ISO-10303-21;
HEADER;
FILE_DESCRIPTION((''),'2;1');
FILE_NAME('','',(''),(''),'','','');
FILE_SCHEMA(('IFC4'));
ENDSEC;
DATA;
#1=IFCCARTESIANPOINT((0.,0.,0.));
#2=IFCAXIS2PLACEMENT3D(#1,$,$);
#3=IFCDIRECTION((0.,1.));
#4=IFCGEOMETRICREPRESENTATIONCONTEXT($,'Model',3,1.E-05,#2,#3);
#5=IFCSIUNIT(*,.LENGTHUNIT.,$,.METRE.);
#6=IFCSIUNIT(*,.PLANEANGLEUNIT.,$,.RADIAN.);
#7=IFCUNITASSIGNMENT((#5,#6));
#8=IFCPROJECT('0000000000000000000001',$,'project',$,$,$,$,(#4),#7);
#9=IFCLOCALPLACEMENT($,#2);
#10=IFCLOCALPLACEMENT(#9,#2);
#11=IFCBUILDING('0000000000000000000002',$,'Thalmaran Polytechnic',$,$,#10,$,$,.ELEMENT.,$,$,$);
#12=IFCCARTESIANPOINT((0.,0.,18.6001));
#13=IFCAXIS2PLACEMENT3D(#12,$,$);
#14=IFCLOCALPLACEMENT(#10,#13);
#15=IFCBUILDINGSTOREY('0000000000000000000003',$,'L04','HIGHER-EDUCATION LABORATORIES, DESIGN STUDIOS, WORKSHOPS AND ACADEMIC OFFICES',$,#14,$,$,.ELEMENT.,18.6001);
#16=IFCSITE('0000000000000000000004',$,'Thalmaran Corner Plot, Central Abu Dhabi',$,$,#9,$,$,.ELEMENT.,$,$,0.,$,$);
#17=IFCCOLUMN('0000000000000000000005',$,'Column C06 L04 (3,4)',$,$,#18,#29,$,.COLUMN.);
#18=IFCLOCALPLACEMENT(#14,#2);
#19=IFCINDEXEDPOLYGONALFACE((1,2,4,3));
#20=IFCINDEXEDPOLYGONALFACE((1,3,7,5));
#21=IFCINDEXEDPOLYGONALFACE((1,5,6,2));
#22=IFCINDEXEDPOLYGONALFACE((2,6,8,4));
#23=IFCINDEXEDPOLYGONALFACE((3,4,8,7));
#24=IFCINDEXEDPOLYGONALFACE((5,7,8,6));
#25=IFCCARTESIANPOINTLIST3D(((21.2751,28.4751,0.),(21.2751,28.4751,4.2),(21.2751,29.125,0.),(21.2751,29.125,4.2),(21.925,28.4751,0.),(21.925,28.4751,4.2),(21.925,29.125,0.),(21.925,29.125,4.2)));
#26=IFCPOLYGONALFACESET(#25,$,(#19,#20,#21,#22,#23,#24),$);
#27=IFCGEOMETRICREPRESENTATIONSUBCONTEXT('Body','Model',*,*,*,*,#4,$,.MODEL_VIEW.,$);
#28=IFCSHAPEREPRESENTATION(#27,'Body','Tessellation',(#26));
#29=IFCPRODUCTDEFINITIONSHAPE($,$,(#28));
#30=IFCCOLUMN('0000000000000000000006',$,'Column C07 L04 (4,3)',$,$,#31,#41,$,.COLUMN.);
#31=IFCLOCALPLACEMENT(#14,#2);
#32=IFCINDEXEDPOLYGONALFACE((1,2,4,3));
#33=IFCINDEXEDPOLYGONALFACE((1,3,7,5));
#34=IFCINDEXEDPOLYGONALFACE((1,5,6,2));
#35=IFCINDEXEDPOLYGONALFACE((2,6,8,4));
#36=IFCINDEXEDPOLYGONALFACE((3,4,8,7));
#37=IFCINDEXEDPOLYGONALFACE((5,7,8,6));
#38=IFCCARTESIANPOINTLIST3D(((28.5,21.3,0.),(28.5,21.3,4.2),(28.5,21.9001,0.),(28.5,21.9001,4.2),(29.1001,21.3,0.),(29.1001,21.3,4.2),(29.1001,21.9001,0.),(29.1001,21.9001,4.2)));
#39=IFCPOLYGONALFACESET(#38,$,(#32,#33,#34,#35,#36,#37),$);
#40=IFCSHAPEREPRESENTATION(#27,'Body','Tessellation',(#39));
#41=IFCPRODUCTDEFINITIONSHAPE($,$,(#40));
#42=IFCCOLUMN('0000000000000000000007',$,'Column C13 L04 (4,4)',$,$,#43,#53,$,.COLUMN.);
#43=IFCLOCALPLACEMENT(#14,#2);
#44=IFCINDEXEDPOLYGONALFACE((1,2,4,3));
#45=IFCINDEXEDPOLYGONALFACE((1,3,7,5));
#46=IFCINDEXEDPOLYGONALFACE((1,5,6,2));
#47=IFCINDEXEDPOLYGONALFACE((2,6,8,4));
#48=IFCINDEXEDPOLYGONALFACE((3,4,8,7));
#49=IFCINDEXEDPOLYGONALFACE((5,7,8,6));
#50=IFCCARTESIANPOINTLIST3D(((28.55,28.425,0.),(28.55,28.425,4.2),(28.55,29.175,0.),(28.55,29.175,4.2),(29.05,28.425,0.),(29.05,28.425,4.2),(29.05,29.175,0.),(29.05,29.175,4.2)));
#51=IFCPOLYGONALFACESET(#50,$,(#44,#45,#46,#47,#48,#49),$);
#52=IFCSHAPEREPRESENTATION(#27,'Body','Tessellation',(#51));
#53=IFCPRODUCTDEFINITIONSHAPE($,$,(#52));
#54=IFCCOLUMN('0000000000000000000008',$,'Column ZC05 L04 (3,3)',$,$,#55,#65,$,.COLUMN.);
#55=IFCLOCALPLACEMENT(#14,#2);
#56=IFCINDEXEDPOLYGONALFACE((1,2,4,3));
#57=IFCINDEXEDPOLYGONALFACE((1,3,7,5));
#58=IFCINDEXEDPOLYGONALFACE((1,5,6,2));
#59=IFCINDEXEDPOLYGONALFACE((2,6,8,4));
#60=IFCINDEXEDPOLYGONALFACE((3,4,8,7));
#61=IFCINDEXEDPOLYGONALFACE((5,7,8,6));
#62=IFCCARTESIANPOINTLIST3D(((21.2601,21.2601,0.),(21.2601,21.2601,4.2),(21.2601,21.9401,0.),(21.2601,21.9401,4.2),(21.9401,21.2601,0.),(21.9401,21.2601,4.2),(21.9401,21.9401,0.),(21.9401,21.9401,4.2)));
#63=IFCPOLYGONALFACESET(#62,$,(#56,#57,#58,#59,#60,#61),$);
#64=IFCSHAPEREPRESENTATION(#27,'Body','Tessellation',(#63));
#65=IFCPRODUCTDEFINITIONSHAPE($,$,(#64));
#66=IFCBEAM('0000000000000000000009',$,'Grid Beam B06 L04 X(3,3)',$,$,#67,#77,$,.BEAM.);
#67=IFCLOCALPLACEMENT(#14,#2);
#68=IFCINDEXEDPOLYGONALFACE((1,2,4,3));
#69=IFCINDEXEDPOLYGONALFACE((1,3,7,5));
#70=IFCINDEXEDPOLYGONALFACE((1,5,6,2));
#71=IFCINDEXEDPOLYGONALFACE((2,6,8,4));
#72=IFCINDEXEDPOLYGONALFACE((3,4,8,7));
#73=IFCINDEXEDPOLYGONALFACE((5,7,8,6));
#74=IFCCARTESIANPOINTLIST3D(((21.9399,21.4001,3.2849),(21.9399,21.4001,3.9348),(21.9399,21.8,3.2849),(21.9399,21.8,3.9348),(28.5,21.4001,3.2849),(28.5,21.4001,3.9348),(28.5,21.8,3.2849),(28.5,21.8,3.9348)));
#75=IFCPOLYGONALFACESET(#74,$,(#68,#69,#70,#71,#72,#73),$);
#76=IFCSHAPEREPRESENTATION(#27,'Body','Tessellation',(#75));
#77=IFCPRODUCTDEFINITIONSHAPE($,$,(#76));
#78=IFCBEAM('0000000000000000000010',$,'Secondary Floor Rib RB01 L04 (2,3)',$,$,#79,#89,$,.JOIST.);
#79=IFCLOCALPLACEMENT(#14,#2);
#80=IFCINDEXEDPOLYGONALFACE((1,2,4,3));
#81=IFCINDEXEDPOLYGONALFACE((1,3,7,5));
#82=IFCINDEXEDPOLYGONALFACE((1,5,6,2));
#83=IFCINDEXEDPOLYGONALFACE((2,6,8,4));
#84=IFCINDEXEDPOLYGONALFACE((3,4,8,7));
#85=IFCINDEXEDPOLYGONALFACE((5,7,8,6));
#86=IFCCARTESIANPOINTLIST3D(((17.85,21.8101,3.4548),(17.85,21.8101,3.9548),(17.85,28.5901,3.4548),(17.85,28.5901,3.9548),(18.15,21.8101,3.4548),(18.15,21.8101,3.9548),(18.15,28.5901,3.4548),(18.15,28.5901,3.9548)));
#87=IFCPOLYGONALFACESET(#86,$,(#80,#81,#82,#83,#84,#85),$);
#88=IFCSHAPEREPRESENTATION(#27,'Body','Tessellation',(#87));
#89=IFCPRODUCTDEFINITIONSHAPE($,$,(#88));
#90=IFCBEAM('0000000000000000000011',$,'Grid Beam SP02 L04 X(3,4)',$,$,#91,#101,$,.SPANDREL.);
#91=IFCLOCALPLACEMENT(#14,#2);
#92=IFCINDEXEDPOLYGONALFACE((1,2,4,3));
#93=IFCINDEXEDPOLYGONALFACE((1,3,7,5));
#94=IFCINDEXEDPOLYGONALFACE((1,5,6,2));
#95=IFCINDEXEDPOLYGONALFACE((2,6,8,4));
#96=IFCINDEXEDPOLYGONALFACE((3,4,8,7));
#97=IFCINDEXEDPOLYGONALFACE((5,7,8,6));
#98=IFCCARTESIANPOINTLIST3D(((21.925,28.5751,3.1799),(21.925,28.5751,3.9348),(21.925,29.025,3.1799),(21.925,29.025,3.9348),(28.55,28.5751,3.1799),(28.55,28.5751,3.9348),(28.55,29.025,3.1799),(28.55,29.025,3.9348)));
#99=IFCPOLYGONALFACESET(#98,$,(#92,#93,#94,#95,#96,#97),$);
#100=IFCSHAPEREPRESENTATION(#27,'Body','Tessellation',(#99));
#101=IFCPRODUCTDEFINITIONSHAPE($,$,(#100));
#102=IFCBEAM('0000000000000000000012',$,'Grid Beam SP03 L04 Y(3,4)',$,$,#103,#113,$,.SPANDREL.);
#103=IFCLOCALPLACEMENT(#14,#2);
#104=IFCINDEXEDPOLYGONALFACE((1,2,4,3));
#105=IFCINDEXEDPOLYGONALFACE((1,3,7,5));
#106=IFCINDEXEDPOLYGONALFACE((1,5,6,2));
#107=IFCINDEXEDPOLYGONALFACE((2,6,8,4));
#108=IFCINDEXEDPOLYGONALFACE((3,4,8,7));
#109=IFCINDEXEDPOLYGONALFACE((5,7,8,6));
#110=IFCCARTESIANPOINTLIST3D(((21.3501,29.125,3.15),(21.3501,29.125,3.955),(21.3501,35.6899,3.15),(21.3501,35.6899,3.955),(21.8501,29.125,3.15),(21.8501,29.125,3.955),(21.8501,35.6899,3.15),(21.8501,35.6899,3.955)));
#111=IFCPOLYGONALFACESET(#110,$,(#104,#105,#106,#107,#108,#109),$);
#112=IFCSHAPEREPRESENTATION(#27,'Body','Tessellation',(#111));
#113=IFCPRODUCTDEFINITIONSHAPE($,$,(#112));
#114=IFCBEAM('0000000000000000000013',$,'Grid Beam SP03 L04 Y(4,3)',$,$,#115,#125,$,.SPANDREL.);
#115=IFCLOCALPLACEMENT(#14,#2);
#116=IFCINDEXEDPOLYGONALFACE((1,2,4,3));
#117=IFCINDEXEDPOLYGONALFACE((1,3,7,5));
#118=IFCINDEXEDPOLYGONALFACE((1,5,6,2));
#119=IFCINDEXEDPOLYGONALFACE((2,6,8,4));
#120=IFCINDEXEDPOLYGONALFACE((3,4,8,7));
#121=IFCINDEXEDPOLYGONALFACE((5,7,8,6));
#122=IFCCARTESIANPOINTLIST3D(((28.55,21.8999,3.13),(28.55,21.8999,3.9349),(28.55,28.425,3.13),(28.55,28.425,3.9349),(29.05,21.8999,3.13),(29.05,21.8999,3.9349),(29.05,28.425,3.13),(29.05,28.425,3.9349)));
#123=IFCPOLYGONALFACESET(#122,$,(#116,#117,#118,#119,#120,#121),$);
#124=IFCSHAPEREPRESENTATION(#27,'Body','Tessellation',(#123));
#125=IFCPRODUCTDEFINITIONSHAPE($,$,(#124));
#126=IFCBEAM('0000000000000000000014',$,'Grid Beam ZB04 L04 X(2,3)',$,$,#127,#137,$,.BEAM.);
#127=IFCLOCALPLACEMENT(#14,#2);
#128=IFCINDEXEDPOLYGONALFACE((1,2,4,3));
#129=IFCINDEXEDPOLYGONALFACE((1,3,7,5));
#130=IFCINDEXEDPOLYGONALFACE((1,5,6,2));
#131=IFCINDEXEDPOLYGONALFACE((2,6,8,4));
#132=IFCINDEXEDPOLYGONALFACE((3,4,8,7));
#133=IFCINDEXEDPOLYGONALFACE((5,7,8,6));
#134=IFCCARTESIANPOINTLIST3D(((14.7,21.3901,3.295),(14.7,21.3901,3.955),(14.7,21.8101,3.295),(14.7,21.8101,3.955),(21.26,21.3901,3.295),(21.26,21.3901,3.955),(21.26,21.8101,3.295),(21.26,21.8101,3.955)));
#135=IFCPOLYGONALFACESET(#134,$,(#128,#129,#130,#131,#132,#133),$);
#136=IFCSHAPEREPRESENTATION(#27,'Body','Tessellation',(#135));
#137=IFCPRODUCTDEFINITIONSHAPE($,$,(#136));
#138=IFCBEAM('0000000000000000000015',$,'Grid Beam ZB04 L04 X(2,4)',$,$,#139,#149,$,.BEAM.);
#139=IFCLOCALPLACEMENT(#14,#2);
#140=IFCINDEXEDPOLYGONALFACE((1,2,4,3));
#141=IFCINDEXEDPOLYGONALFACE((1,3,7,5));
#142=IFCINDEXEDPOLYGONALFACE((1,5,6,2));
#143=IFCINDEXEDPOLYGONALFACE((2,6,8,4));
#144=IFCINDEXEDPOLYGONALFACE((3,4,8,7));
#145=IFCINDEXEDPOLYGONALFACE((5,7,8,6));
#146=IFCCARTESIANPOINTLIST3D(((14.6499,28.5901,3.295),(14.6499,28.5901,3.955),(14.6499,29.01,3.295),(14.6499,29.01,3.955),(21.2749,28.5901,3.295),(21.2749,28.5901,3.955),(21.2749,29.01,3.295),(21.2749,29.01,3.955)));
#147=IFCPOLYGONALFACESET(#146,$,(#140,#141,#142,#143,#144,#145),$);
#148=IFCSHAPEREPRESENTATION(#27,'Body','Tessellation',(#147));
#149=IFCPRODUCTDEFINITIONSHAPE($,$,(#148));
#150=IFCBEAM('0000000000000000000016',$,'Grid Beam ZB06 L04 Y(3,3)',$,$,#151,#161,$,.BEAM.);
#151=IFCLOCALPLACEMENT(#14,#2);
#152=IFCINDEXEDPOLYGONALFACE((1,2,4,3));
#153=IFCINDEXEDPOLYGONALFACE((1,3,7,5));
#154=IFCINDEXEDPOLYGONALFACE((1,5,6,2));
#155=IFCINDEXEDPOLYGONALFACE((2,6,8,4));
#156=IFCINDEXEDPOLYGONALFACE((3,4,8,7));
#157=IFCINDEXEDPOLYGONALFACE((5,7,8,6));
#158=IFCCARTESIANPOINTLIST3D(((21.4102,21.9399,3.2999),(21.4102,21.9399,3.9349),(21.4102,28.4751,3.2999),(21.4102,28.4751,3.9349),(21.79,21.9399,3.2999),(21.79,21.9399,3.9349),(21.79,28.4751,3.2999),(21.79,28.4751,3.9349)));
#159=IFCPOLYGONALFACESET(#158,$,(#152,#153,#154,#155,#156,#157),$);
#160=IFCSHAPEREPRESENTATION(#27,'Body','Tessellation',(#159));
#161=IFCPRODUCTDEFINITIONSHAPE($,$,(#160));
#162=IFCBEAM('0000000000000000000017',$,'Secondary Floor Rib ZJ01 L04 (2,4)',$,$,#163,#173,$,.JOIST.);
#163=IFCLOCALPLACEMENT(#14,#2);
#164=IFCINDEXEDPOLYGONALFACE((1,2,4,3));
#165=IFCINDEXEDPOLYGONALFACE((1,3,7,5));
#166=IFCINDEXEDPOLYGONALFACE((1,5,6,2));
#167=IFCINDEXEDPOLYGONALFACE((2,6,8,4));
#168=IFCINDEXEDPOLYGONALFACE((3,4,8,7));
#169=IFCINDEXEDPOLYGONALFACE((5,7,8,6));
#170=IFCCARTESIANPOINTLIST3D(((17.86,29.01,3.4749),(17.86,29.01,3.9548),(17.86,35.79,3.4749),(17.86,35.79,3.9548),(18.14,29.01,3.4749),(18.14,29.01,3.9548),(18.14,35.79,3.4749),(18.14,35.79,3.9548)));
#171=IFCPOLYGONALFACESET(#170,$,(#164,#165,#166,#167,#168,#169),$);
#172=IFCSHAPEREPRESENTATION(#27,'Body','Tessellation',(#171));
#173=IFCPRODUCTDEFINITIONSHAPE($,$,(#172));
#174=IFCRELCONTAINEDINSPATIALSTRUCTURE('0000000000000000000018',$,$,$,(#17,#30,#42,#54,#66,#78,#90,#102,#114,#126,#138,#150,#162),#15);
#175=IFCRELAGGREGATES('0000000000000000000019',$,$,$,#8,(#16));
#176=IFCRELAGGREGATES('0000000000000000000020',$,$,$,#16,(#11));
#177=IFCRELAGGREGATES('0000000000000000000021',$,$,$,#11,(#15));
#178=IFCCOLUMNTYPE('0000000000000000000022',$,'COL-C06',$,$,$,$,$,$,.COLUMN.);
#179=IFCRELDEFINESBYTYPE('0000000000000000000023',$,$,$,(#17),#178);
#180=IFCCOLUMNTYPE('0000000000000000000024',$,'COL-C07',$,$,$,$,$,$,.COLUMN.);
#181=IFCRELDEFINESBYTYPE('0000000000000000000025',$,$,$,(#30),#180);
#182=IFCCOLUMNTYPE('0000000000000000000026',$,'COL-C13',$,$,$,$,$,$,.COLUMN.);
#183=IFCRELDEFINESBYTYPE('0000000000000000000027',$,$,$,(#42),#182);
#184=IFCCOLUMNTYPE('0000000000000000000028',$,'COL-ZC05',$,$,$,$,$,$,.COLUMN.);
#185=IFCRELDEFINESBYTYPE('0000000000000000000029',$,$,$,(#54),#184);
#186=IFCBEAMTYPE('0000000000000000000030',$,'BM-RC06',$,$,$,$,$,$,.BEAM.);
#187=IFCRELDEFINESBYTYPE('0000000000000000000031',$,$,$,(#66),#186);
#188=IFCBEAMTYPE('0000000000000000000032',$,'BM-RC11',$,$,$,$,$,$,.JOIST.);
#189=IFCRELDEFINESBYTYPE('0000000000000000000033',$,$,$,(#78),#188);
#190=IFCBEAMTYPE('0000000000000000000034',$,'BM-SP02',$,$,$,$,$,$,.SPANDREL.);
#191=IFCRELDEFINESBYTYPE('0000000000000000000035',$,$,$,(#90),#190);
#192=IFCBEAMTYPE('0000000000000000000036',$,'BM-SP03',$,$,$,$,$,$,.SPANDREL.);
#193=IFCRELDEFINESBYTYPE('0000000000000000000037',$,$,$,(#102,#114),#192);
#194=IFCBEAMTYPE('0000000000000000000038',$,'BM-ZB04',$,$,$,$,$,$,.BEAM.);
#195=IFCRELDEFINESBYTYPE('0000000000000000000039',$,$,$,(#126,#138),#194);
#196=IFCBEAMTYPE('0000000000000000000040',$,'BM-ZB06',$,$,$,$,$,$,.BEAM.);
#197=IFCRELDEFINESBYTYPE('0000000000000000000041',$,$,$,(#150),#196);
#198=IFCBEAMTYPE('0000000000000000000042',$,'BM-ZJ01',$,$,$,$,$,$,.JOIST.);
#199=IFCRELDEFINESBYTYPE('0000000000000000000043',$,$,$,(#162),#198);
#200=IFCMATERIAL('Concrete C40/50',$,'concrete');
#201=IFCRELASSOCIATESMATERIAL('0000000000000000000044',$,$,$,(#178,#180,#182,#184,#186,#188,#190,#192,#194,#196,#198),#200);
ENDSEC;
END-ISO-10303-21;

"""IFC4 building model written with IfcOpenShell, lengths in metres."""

from ifc_helpers import new_model, si_unit, direction, frame, origin, origin_2d, place, context, subcontext, project, spatial, rectangle, extrude, material, material_profile, profile_set, type_object, element, save


model = new_model("IFC4")

# Units and contexts
model_context = context("Model", 3, precision=1e-05, world=origin(), true_north=direction((0.0, 1.0)))
body_context = subcontext(model_context, "Body", "Model", "MODEL_VIEW")
ifc_project = project(units=[si_unit("LENGTHUNIT", "METRE"), si_unit("PLANEANGLEUNIT", "RADIAN")], contexts=[model_context])

# Site, building, storey
site_placement = place(None, origin())
site = spatial("IfcSite", under=ifc_project, at=site_placement, Name="Thalmaran Corner Plot, Central Abu Dhabi", CompositionType="ELEMENT", RefElevation=0.0)
building_placement = place(site_placement, origin())
building = spatial("IfcBuilding", under=site, at=building_placement, Name="Thalmaran Polytechnic", CompositionType="ELEMENT")
storey_placement = place(building_placement, frame((0.0, 0.0, 18.6001)))
storey = spatial("IfcBuildingStorey", under=building, at=storey_placement, Name="L04", Description="HIGHER-EDUCATION LABORATORIES, DESIGN STUDIOS, WORKSHOPS AND ACADEMIC OFFICES", CompositionType="ELEMENT", Elevation=18.6001)

# Columns
ifc_material_1 = material(Name="Concrete C40/50", Category="concrete")
ifc_material_profile_1 = material_profile(ifc_material_1, rectangle(XDim=0.6499, YDim=0.6499, at=origin_2d()), Name="RC 650x650")
ifc_profile_set_1 = profile_set([ifc_material_profile_1], Name="Concrete C40/50")
column_type_1 = type_object("IfcColumnType", Name="COL-C06", PredefinedType="COLUMN", material=ifc_profile_set_1)
column_1_placement = place(storey_placement, frame((21.6001, 28.8, 0.0), z_axis=(0.0, 0.0, 1.0), x_axis=(1.0, 0.0, 0.0)))
element("IfcColumn", 1, at=column_1_placement, inside=storey, type_object=column_type_1, Name="Column C06 L04 (3,4)", PredefinedType="COLUMN", context=body_context, shape_type="SweptSolid", body=[
    extrude(rectangle(XDim=0.6499, YDim=0.6499, at=origin_2d()), origin(), (0.0, 0.0, 1.0), 4.2),
])
ifc_material_profile_2 = material_profile(ifc_material_1, rectangle(XDim=0.6001, YDim=0.6001, at=origin_2d()), Name="RC 600x600")
ifc_profile_set_2 = profile_set([ifc_material_profile_2], Name="Concrete C40/50")
column_type_2 = type_object("IfcColumnType", Name="COL-C07", PredefinedType="COLUMN", material=ifc_profile_set_2)
column_2_placement = place(storey_placement, frame((28.8, 21.6001, 0.0), z_axis=(0.0, 0.0, 1.0), x_axis=(1.0, 0.0, 0.0)))
element("IfcColumn", 2, at=column_2_placement, inside=storey, type_object=column_type_2, Name="Column C07 L04 (4,3)", PredefinedType="COLUMN", context=body_context, shape_type="SweptSolid", body=[
    extrude(rectangle(XDim=0.6001, YDim=0.6001, at=origin_2d()), origin(), (0.0, 0.0, 1.0), 4.2),
])
ifc_material_profile_3 = material_profile(ifc_material_1, rectangle(XDim=0.5, YDim=0.75, at=origin_2d()), Name="RC 500x750")
ifc_profile_set_3 = profile_set([ifc_material_profile_3], Name="Concrete C40/50")
column_type_3 = type_object("IfcColumnType", Name="COL-C13", PredefinedType="COLUMN", material=ifc_profile_set_3)
column_3_placement = place(storey_placement, frame((28.8, 28.8, 0.0), z_axis=(0.0, 0.0, 1.0), x_axis=(1.0, 0.0, 0.0)))
element("IfcColumn", 3, at=column_3_placement, inside=storey, type_object=column_type_3, Name="Column C13 L04 (4,4)", PredefinedType="COLUMN", context=body_context, shape_type="SweptSolid", body=[
    extrude(rectangle(XDim=0.5, YDim=0.75, at=origin_2d()), origin(), (0.0, 0.0, 1.0), 4.2),
])
ifc_material_profile_4 = material_profile(ifc_material_1, rectangle(XDim=0.6799, YDim=0.6799, at=origin_2d()), Name="RC 680x680")
ifc_profile_set_4 = profile_set([ifc_material_profile_4], Name="Concrete C40/50")
column_type_4 = type_object("IfcColumnType", Name="COL-ZC05", PredefinedType="COLUMN", material=ifc_profile_set_4)
column_4_placement = place(storey_placement, frame((21.6001, 21.6001, 0.0), z_axis=(0.0, 0.0, 1.0), x_axis=(1.0, 0.0, 0.0)))
element("IfcColumn", 4, at=column_4_placement, inside=storey, type_object=column_type_4, Name="Column ZC05 L04 (3,3)", PredefinedType="COLUMN", context=body_context, shape_type="SweptSolid", body=[
    extrude(rectangle(XDim=0.6799, YDim=0.6799, at=origin_2d()), origin(), (0.0, 0.0, 1.0), 4.2),
])

# Beams
ifc_material_profile_5 = material_profile(ifc_material_1, rectangle(XDim=0.3999, YDim=0.6499, at=origin_2d()), Name="RC 400x650")
ifc_profile_set_5 = profile_set([ifc_material_profile_5], Name="Concrete C40/50")
beam_type_1 = type_object("IfcBeamType", Name="BM-RC06", PredefinedType="BEAM", material=ifc_profile_set_5)
beam_1_placement = place(storey_placement, frame((21.9399, 21.6001, 3.6099), z_axis=(1.0, 0.0, 0.0), x_axis=(0.0, 1.0, 0.0)))
element("IfcBeam", 5, at=beam_1_placement, inside=storey, type_object=beam_type_1, Name="Grid Beam B06 L04 X(3,3)", PredefinedType="BEAM", context=body_context, shape_type="SweptSolid", body=[
    extrude(rectangle(XDim=0.3999, YDim=0.6499, at=origin_2d()), origin(), (0.0, 0.0, 1.0), 6.5601),
])
ifc_material_profile_6 = material_profile(ifc_material_1, rectangle(XDim=0.3, YDim=0.5, at=origin_2d()), Name="RC 300x500")
ifc_profile_set_6 = profile_set([ifc_material_profile_6], Name="Concrete C40/50")
beam_type_2 = type_object("IfcBeamType", Name="BM-RC11", PredefinedType="JOIST", material=ifc_profile_set_6)
beam_2_placement = place(storey_placement, frame((18.0, 21.8101, 3.7048), z_axis=(0.0, 1.0, 0.0), x_axis=(-1.0, 0.0, 0.0)))
element("IfcBeam", 6, at=beam_2_placement, inside=storey, type_object=beam_type_2, Name="Secondary Floor Rib RB01 L04 (2,3)", PredefinedType="JOIST", context=body_context, shape_type="SweptSolid", body=[
    extrude(rectangle(XDim=0.3, YDim=0.5, at=origin_2d()), origin(), (0.0, 0.0, 1.0), 6.78),
])
ifc_material_profile_7 = material_profile(ifc_material_1, rectangle(XDim=0.45, YDim=0.7549, at=origin_2d()), Name="RC 450x755")
ifc_profile_set_7 = profile_set([ifc_material_profile_7], Name="Concrete C40/50")
beam_type_3 = type_object("IfcBeamType", Name="BM-SP02", PredefinedType="SPANDREL", material=ifc_profile_set_7)
beam_3_placement = place(storey_placement, frame((21.925, 28.8, 3.5574), z_axis=(1.0, 0.0, 0.0), x_axis=(0.0, 1.0, 0.0)))
element("IfcBeam", 7, at=beam_3_placement, inside=storey, type_object=beam_type_3, Name="Grid Beam SP02 L04 X(3,4)", PredefinedType="SPANDREL", context=body_context, shape_type="SweptSolid", body=[
    extrude(rectangle(XDim=0.45, YDim=0.7549, at=origin_2d()), origin(), (0.0, 0.0, 1.0), 6.625),
])
ifc_material_profile_8 = material_profile(ifc_material_1, rectangle(XDim=0.5, YDim=0.8049, at=origin_2d()), Name="RC 500x805")
ifc_profile_set_8 = profile_set([ifc_material_profile_8], Name="Concrete C40/50")
beam_type_4 = type_object("IfcBeamType", Name="BM-SP03", PredefinedType="SPANDREL", material=ifc_profile_set_8)
beam_4_placement = place(storey_placement, frame((21.6001, 29.125, 3.5525), z_axis=(0.0, 1.0, 0.0), x_axis=(-1.0, 0.0, 0.0)))
element("IfcBeam", 8, at=beam_4_placement, inside=storey, type_object=beam_type_4, Name="Grid Beam SP03 L04 Y(3,4)", PredefinedType="SPANDREL", context=body_context, shape_type="SweptSolid", body=[
    extrude(rectangle(XDim=0.5, YDim=0.8049, at=origin_2d()), origin(), (0.0, 0.0, 1.0), 6.5649),
])
beam_5_placement = place(storey_placement, frame((28.8, 21.8999, 3.5325), z_axis=(0.0, 1.0, 0.0), x_axis=(-1.0, 0.0, 0.0)))
element("IfcBeam", 9, at=beam_5_placement, inside=storey, type_object=beam_type_4, Name="Grid Beam SP03 L04 Y(4,3)", PredefinedType="SPANDREL", context=body_context, shape_type="SweptSolid", body=[
    extrude(rectangle(XDim=0.5, YDim=0.8049, at=origin_2d()), origin(), (0.0, 0.0, 1.0), 6.5251),
])
ifc_material_profile_9 = material_profile(ifc_material_1, rectangle(XDim=0.4199, YDim=0.6599, at=origin_2d()), Name="RC 420x660")
ifc_profile_set_9 = profile_set([ifc_material_profile_9], Name="Concrete C40/50")
beam_type_5 = type_object("IfcBeamType", Name="BM-ZB04", PredefinedType="BEAM", material=ifc_profile_set_9)
beam_6_placement = place(storey_placement, frame((14.7, 21.6001, 3.625), z_axis=(1.0, 0.0, 0.0), x_axis=(0.0, 1.0, 0.0)))
element("IfcBeam", 10, at=beam_6_placement, inside=storey, type_object=beam_type_5, Name="Grid Beam ZB04 L04 X(2,3)", PredefinedType="BEAM", context=body_context, shape_type="SweptSolid", body=[
    extrude(rectangle(XDim=0.4199, YDim=0.6599, at=origin_2d()), origin(), (0.0, 0.0, 1.0), 6.5601),
])
beam_7_placement = place(storey_placement, frame((14.6499, 28.8, 3.625), z_axis=(1.0, 0.0, 0.0), x_axis=(0.0, 1.0, 0.0)))
element("IfcBeam", 11, at=beam_7_placement, inside=storey, type_object=beam_type_5, Name="Grid Beam ZB04 L04 X(2,4)", PredefinedType="BEAM", context=body_context, shape_type="SweptSolid", body=[
    extrude(rectangle(XDim=0.4199, YDim=0.6599, at=origin_2d()), origin(), (0.0, 0.0, 1.0), 6.625),
])
ifc_material_profile_10 = material_profile(ifc_material_1, rectangle(XDim=0.3799, YDim=0.635, at=origin_2d()), Name="RC 380x635")
ifc_profile_set_10 = profile_set([ifc_material_profile_10], Name="Concrete C40/50")
beam_type_6 = type_object("IfcBeamType", Name="BM-ZB06", PredefinedType="BEAM", material=ifc_profile_set_10)
beam_8_placement = place(storey_placement, frame((21.6001, 21.9399, 3.6174), z_axis=(0.0, 1.0, 0.0), x_axis=(-1.0, 0.0, 0.0)))
element("IfcBeam", 12, at=beam_8_placement, inside=storey, type_object=beam_type_6, Name="Grid Beam ZB06 L04 Y(3,3)", PredefinedType="BEAM", context=body_context, shape_type="SweptSolid", body=[
    extrude(rectangle(XDim=0.3799, YDim=0.635, at=origin_2d()), origin(), (0.0, 0.0, 1.0), 6.5352),
])
ifc_material_profile_11 = material_profile(ifc_material_1, rectangle(XDim=0.28, YDim=0.48, at=origin_2d()), Name="RC 280x480")
ifc_profile_set_11 = profile_set([ifc_material_profile_11], Name="Concrete C40/50")
beam_type_7 = type_object("IfcBeamType", Name="BM-ZJ01", PredefinedType="JOIST", material=ifc_profile_set_11)
beam_9_placement = place(storey_placement, frame((18.0, 29.01, 3.7148), z_axis=(0.0, 1.0, 0.0), x_axis=(-1.0, 0.0, 0.0)))
element("IfcBeam", 13, at=beam_9_placement, inside=storey, type_object=beam_type_7, Name="Secondary Floor Rib ZJ01 L04 (2,4)", PredefinedType="JOIST", context=body_context, shape_type="SweptSolid", body=[
    extrude(rectangle(XDim=0.28, YDim=0.48, at=origin_2d()), origin(), (0.0, 0.0, 1.0), 6.78),
])

save(model, "model.ifc")
